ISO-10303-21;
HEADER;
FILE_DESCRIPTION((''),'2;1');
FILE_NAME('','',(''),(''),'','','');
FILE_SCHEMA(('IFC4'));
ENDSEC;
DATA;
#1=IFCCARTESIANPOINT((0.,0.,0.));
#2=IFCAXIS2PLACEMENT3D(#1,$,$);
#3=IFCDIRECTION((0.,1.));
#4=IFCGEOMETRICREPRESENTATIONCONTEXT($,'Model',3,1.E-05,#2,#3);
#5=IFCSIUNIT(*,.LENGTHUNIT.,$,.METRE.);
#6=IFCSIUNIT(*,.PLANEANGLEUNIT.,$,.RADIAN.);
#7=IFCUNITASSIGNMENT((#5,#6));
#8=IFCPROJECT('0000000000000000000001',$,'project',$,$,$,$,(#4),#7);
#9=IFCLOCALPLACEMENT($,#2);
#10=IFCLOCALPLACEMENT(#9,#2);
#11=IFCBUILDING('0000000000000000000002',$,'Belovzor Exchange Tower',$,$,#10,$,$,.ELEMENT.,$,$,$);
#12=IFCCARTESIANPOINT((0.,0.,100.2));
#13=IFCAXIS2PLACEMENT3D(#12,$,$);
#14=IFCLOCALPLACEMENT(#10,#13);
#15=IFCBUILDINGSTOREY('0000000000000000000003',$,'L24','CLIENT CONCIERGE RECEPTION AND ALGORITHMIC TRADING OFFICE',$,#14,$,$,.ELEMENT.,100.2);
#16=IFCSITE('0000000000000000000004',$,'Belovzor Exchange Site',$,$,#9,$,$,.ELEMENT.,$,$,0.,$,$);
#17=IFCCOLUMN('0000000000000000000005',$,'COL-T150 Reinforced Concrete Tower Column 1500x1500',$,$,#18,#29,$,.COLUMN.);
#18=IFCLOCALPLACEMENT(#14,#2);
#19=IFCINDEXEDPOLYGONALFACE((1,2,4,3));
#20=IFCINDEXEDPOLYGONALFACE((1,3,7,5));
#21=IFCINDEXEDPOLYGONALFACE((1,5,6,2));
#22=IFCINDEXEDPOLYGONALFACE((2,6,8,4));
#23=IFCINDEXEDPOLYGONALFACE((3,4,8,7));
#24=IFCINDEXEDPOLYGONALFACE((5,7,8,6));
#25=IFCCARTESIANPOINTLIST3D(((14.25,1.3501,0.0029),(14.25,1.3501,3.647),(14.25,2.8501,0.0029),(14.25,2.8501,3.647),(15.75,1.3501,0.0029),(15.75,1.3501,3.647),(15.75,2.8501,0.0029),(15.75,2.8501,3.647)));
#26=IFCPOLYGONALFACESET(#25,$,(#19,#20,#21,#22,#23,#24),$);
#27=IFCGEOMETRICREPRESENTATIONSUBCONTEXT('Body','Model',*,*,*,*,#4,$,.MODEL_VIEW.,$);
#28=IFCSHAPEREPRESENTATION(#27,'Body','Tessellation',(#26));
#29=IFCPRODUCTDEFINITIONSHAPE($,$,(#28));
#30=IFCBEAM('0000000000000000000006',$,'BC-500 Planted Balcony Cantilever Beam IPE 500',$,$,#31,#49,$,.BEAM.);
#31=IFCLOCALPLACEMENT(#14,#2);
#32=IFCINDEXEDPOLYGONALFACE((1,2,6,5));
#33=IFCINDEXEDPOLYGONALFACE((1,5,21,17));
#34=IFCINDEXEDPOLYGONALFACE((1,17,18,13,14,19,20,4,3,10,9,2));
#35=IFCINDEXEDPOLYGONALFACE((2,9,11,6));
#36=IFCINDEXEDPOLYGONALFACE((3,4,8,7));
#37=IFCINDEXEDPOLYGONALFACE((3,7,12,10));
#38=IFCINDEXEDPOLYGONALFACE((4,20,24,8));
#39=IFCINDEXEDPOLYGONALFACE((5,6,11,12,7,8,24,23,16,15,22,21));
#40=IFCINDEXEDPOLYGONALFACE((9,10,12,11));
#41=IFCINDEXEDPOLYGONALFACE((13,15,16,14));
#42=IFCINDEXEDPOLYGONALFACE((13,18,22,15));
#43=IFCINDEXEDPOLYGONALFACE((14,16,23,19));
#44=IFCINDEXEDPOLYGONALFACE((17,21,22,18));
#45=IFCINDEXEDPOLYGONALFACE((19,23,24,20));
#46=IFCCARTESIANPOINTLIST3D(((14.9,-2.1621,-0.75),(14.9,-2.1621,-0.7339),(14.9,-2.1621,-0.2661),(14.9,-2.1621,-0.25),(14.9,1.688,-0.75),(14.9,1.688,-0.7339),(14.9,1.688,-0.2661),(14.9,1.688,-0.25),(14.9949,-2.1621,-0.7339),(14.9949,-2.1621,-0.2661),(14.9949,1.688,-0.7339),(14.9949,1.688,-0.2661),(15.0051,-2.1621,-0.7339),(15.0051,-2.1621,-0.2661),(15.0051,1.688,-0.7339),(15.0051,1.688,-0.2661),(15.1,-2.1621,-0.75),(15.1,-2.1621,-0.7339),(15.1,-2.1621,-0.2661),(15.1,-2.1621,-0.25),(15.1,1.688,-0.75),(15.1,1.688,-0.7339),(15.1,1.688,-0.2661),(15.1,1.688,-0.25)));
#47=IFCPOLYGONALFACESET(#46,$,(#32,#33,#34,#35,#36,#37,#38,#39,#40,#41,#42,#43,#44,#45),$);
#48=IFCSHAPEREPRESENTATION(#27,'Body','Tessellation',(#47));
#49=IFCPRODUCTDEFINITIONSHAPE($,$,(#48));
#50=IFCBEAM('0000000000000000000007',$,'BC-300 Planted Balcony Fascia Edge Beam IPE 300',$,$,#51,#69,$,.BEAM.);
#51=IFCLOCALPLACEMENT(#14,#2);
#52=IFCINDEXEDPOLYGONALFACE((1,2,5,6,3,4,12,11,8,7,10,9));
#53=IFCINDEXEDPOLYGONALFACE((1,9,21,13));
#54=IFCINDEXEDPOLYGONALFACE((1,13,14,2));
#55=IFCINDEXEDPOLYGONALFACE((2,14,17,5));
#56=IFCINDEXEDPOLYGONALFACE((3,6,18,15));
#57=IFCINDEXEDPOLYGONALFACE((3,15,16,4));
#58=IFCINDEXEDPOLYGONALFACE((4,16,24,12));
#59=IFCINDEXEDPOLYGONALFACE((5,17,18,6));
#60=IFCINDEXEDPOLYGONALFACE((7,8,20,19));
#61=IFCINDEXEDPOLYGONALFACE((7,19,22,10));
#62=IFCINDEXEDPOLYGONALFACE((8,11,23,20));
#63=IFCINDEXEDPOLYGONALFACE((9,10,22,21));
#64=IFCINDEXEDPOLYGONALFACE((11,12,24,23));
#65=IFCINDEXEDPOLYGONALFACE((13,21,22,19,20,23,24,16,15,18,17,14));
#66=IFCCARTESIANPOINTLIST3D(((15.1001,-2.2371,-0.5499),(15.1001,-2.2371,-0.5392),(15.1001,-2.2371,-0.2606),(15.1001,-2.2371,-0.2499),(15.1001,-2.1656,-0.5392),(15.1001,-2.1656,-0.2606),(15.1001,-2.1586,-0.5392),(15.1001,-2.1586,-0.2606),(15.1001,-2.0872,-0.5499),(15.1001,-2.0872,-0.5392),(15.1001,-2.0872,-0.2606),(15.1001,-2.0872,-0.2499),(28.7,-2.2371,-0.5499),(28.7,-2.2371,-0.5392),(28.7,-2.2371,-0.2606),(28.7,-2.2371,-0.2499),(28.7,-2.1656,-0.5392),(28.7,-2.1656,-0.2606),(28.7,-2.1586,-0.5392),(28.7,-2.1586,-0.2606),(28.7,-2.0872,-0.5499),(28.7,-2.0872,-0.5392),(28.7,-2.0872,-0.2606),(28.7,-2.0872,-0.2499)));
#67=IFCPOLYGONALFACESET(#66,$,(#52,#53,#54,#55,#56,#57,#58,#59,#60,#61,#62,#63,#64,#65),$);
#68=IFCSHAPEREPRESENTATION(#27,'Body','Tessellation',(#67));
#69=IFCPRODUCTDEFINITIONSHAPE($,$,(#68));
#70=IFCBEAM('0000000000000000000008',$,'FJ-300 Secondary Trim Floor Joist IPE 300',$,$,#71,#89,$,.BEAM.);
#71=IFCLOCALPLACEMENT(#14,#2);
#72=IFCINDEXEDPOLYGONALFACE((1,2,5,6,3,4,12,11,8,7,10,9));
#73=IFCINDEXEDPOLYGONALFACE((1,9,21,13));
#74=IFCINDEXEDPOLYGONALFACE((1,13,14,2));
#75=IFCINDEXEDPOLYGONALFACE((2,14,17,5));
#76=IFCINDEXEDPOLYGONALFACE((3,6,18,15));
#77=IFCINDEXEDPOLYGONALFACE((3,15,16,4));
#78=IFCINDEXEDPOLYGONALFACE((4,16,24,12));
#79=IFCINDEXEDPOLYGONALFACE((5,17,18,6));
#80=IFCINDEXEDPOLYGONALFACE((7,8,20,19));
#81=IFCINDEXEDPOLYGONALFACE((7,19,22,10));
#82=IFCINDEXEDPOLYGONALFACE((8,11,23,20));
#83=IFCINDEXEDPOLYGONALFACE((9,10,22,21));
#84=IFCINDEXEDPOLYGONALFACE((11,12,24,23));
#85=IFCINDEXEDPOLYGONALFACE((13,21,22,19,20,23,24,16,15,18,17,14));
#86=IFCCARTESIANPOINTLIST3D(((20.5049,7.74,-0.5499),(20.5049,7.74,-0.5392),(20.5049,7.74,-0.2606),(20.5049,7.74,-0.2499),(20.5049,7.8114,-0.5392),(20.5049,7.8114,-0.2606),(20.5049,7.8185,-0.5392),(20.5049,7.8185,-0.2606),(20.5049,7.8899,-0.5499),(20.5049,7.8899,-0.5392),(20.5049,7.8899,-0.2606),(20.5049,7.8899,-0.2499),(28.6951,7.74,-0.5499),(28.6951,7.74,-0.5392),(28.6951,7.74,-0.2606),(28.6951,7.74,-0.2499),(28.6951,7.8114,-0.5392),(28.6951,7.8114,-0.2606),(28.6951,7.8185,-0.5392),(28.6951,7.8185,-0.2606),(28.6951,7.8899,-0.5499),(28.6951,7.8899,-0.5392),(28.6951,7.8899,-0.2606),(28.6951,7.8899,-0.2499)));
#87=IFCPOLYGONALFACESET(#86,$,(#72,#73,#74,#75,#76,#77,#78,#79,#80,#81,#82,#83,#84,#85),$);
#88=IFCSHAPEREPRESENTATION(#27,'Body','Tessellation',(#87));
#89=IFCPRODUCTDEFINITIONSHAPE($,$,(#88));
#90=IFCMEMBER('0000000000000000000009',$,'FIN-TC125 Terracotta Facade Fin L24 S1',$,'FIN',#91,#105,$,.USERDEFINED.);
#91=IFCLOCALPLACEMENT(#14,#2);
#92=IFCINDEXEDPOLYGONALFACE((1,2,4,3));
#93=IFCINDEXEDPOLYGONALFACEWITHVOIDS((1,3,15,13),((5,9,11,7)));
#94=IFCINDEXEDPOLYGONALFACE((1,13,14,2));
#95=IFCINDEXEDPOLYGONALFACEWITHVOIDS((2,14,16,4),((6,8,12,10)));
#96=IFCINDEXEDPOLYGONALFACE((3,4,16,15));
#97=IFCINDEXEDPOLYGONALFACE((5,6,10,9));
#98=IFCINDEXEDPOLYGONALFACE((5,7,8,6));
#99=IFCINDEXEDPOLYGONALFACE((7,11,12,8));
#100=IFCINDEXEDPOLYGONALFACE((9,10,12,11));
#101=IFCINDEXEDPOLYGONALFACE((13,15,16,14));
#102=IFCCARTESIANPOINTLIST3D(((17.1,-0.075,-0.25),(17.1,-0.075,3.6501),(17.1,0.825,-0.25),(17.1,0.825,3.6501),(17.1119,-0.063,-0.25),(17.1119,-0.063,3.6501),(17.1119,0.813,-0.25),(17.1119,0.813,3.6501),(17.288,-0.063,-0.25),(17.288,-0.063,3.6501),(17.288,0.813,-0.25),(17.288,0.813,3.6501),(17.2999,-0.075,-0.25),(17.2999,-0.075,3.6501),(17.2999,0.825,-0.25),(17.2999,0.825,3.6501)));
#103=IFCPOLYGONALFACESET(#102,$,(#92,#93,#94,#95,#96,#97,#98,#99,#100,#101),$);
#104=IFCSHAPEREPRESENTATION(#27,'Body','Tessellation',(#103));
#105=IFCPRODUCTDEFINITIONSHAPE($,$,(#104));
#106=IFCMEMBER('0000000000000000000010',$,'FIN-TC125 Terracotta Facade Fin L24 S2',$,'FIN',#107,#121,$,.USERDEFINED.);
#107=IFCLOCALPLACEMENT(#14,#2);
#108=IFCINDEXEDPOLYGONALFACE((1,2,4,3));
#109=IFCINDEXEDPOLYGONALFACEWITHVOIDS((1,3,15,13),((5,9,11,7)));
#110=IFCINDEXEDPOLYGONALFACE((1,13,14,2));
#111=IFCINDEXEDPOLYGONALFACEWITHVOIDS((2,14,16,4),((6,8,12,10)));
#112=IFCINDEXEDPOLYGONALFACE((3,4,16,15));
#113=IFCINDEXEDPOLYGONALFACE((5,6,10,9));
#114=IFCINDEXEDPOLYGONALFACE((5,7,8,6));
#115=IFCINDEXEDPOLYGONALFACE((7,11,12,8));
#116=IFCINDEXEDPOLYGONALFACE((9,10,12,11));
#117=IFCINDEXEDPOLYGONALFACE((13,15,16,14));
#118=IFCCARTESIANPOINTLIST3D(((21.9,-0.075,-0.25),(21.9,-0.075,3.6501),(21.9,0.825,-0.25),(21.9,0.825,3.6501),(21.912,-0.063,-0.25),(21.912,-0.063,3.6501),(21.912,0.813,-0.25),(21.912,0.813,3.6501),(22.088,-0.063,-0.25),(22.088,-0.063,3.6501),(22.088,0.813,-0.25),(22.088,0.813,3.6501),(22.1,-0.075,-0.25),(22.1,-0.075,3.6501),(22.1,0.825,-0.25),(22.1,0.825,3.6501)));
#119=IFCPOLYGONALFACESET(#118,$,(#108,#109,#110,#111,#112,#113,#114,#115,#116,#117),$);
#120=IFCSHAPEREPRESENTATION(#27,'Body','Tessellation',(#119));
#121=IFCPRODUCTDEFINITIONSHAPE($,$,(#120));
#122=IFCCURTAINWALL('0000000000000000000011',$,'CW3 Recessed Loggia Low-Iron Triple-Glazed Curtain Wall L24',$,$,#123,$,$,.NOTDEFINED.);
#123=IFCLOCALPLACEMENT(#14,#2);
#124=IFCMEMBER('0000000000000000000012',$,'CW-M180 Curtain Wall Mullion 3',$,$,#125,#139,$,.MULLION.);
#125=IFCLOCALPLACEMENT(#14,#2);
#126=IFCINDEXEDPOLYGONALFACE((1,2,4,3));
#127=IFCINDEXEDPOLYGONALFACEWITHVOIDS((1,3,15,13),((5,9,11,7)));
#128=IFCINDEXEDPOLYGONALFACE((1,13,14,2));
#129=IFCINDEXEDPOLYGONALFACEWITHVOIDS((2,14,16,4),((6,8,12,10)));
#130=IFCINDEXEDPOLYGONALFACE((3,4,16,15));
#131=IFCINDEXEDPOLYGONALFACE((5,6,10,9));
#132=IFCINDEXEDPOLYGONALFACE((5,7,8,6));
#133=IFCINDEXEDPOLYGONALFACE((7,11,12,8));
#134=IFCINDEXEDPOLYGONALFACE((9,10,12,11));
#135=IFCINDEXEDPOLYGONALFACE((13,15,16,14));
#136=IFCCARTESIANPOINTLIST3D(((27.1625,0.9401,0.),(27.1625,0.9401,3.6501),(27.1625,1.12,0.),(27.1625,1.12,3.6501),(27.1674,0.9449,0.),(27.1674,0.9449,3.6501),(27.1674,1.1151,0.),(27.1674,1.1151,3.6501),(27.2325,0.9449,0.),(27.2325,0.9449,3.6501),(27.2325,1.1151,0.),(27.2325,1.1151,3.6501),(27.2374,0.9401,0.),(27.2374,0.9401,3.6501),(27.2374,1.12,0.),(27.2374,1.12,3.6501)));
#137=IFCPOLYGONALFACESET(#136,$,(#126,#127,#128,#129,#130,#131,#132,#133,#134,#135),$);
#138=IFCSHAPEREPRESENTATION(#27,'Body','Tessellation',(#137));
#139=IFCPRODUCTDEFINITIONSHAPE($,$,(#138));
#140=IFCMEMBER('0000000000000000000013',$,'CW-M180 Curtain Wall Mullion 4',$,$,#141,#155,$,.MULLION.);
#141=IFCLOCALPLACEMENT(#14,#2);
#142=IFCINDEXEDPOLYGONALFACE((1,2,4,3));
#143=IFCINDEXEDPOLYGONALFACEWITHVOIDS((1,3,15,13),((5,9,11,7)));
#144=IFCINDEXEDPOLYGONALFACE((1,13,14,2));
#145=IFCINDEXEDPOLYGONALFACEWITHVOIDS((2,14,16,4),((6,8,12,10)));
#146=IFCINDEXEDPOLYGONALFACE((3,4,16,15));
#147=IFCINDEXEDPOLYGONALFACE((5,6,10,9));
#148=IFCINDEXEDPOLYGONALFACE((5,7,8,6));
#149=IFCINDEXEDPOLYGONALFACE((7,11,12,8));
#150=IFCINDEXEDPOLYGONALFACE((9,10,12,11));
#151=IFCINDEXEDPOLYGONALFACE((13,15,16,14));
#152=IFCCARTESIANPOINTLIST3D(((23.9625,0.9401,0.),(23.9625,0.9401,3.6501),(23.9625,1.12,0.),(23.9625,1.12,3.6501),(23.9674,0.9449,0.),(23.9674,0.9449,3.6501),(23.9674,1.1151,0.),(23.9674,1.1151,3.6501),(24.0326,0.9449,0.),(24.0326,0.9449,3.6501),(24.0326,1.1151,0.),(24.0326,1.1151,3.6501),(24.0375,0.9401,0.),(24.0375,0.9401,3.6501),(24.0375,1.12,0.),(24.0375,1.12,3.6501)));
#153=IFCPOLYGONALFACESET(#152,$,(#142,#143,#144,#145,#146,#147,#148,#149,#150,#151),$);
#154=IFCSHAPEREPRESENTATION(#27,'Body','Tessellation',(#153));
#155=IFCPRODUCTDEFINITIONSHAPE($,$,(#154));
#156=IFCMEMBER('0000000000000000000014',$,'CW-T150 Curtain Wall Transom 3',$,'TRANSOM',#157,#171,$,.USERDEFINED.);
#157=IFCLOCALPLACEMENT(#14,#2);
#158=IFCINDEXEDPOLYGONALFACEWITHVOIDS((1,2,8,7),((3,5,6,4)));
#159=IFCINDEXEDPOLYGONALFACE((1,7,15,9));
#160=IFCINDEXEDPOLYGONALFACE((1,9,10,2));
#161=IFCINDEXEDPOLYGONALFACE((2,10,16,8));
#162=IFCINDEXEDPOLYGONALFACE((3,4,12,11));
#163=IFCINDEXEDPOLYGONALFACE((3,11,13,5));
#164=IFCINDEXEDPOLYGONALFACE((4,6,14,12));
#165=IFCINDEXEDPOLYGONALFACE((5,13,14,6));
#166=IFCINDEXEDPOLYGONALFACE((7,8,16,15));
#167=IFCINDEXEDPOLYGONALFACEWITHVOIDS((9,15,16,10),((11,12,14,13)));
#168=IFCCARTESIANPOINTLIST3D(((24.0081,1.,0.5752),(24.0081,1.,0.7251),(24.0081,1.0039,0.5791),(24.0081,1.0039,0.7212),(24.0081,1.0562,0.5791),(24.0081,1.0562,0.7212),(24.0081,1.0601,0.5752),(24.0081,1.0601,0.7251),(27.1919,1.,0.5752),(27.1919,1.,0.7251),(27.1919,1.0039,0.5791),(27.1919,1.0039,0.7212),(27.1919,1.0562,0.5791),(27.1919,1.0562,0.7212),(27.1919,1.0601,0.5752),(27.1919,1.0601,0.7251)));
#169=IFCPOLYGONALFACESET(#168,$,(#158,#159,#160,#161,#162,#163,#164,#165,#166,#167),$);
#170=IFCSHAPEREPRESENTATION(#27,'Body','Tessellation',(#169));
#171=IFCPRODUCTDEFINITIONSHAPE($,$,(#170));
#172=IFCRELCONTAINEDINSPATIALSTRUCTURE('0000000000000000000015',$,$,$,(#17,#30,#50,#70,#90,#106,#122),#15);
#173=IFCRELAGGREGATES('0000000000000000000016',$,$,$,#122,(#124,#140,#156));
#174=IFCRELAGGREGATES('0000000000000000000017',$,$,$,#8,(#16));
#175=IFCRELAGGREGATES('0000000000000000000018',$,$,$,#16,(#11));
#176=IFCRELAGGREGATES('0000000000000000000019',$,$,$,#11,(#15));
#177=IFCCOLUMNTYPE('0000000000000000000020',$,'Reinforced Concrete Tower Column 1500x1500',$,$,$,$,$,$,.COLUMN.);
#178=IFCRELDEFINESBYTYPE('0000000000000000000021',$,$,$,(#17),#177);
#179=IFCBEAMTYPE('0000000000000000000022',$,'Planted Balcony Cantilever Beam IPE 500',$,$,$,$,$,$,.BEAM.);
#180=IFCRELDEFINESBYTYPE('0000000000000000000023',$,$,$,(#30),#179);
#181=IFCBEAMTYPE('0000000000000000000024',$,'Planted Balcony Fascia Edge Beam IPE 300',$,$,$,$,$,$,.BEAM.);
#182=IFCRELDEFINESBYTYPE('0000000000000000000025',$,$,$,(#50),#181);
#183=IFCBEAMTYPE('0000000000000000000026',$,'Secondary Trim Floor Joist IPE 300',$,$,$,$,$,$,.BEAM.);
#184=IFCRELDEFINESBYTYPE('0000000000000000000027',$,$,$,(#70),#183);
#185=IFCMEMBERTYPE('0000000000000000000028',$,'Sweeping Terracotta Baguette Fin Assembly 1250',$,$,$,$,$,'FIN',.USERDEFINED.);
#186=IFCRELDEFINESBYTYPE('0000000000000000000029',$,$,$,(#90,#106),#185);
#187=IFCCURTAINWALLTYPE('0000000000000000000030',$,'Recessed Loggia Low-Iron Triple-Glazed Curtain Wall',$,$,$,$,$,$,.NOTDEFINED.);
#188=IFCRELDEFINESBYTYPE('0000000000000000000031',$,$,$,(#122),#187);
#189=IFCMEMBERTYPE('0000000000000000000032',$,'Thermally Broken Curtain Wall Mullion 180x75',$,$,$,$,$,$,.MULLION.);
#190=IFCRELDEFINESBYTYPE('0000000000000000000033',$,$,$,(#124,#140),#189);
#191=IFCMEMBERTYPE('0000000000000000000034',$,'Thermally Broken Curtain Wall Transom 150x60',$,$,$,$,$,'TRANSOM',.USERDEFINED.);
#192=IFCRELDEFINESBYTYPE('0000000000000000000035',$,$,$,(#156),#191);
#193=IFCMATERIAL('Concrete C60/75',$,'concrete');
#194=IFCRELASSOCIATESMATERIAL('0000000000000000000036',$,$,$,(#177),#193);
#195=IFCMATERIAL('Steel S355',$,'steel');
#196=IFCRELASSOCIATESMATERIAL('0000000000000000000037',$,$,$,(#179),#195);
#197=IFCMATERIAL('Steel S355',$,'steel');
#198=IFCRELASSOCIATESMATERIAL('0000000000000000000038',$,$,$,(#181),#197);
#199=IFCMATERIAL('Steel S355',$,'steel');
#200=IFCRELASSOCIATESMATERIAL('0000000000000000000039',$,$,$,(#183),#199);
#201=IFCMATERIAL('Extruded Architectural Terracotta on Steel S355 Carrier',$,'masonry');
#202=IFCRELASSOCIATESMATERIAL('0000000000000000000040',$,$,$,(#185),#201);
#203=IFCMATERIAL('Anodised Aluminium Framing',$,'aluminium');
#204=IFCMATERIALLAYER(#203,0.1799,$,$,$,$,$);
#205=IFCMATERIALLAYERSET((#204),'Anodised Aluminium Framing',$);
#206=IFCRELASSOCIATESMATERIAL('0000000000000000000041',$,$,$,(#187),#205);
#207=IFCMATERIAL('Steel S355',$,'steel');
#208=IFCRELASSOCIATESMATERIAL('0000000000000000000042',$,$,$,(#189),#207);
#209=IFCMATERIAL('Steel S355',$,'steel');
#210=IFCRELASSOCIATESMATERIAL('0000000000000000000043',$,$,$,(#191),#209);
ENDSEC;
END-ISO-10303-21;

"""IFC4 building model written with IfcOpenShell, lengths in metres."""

from ifc_helpers import new_model, si_unit, direction, frame, origin, origin_2d, place, context, subcontext, project, spatial, rectangle, hollow_rectangle, i_section, extrude, material, layer, layer_set, material_profile, profile_set, type_object, element, aggregate, save


model = new_model("IFC4")

# Units and contexts
model_context = context("Model", 3, precision=1e-05, world=origin(), true_north=direction((0.0, 1.0)))
body_context = subcontext(model_context, "Body", "Model", "MODEL_VIEW")
ifc_project = project(units=[si_unit("LENGTHUNIT", "METRE"), si_unit("PLANEANGLEUNIT", "RADIAN")], contexts=[model_context])

# Site, building, storey
site_placement = place(None, origin())
site = spatial("IfcSite", under=ifc_project, at=site_placement, Name="Belovzor Exchange Site", CompositionType="ELEMENT", RefElevation=0.0)
building_placement = place(site_placement, origin())
building = spatial("IfcBuilding", under=site, at=building_placement, Name="Belovzor Exchange Tower", CompositionType="ELEMENT")
storey_placement = place(building_placement, frame((0.0, 0.0, 100.2)))
storey = spatial("IfcBuildingStorey", under=building, at=storey_placement, Name="L24", Description="CLIENT CONCIERGE RECEPTION AND ALGORITHMIC TRADING OFFICE", CompositionType="ELEMENT", Elevation=100.2)

# Column
ifc_material_1 = material(Name="Concrete C60/75", Category="concrete")
ifc_material_profile_1 = material_profile(ifc_material_1, rectangle(XDim=1.5, YDim=1.5, at=origin_2d()))
ifc_profile_set_1 = profile_set([ifc_material_profile_1], Name="Concrete C60/75")
column_type = type_object("IfcColumnType", Name="Reinforced Concrete Tower Column 1500x1500", PredefinedType="COLUMN", material=ifc_profile_set_1)
column_placement = place(storey_placement, frame((15.0, 2.1001, 0.0029), z_axis=(0.0, 0.0, 1.0), x_axis=(1.0, 0.0, 0.0)))
element("IfcColumn", 1, at=column_placement, inside=storey, type_object=column_type, Name="COL-T150 Reinforced Concrete Tower Column 1500x1500", PredefinedType="COLUMN", context=body_context, shape_type="SweptSolid", body=[
    extrude(rectangle(XDim=1.5, YDim=1.5, at=origin_2d()), origin(), (0.0, 0.0, 1.0), 3.644),
])

# Beams
ifc_material_2 = material(Name="Steel S355", Category="steel")
ifc_material_profile_2 = material_profile(ifc_material_2, i_section(OverallWidth=0.2, OverallDepth=0.5, WebThickness=0.0103, FlangeThickness=0.0161, at=origin_2d()))
ifc_profile_set_2 = profile_set([ifc_material_profile_2], Name="Steel S355")
beam_type_1 = type_object("IfcBeamType", Name="Planted Balcony Cantilever Beam IPE 500", PredefinedType="BEAM", material=ifc_profile_set_2)
beam_1_placement = place(storey_placement, frame((15.0, 1.688, -0.5), z_axis=(0.0, -1.0, 0.0), x_axis=(1.0, 0.0, 0.0)))
element("IfcBeam", 2, at=beam_1_placement, inside=storey, type_object=beam_type_1, Name="BC-500 Planted Balcony Cantilever Beam IPE 500", PredefinedType="BEAM", context=body_context, shape_type="SweptSolid", body=[
    extrude(i_section(OverallWidth=0.2, OverallDepth=0.5, WebThickness=0.0103, FlangeThickness=0.0161, at=origin_2d()), origin(), (0.0, 0.0, 1.0), 3.8501),
])
ifc_material_3 = material(Name="Steel S355", Category="steel")
ifc_material_profile_3 = material_profile(ifc_material_3, i_section(OverallWidth=0.1499, OverallDepth=0.3, WebThickness=0.0071, FlangeThickness=0.0107, at=origin_2d()))
ifc_profile_set_3 = profile_set([ifc_material_profile_3], Name="Steel S355")
beam_type_2 = type_object("IfcBeamType", Name="Planted Balcony Fascia Edge Beam IPE 300", PredefinedType="BEAM", material=ifc_profile_set_3)
beam_2_placement = place(storey_placement, frame((15.1001, -2.1621, -0.3999), z_axis=(1.0, 0.0, 0.0), x_axis=(0.0, 1.0, 0.0)))
element("IfcBeam", 3, at=beam_2_placement, inside=storey, type_object=beam_type_2, Name="BC-300 Planted Balcony Fascia Edge Beam IPE 300", PredefinedType="BEAM", context=body_context, shape_type="SweptSolid", body=[
    extrude(i_section(OverallWidth=0.1499, OverallDepth=0.3, WebThickness=0.0071, FlangeThickness=0.0107, at=origin_2d()), origin(), (0.0, 0.0, 1.0), 13.5999),
])
ifc_material_4 = material(Name="Steel S355", Category="steel")
ifc_material_profile_4 = material_profile(ifc_material_4, i_section(OverallWidth=0.1499, OverallDepth=0.3, WebThickness=0.0071, FlangeThickness=0.0107, at=origin_2d()))
ifc_profile_set_4 = profile_set([ifc_material_profile_4], Name="Steel S355")
beam_type_3 = type_object("IfcBeamType", Name="Secondary Trim Floor Joist IPE 300", PredefinedType="BEAM", material=ifc_profile_set_4)
beam_3_placement = place(storey_placement, frame((20.5049, 7.8149, -0.3999), z_axis=(1.0, 0.0, 0.0), x_axis=(0.0, 1.0, 0.0)))
element("IfcBeam", 4, at=beam_3_placement, inside=storey, type_object=beam_type_3, Name="FJ-300 Secondary Trim Floor Joist IPE 300", PredefinedType="BEAM", context=body_context, shape_type="SweptSolid", body=[
    extrude(i_section(OverallWidth=0.1499, OverallDepth=0.3, WebThickness=0.0071, FlangeThickness=0.0107, at=origin_2d()), origin(), (0.0, 0.0, 1.0), 8.1902),
])

# Members
ifc_material_5 = material(Name="Extruded Architectural Terracotta on Steel S355 Carrier", Category="masonry")
ifc_material_profile_5 = material_profile(ifc_material_5, hollow_rectangle(XDim=0.2, YDim=0.8999, WallThickness=0.012, at=origin_2d()))
ifc_profile_set_5 = profile_set([ifc_material_profile_5], Name="Extruded Architectural Terracotta on Steel S355 Carrier")
member_type_1 = type_object("IfcMemberType", Name="Sweeping Terracotta Baguette Fin Assembly 1250", ElementType="FIN", PredefinedType="USERDEFINED", material=ifc_profile_set_5)
for number, where, z_axis, x_axis, name in (
    (5, (17.2, 0.375, -0.25), (0.0, 0.0, 1.0), (1.0, 0.0, 0.0), "FIN-TC125 Terracotta Facade Fin L24 S1"),
    (6, (22.0, 0.375, -0.25), (0.0, 0.0, 1.0), (1.0, 0.0, 0.0), "FIN-TC125 Terracotta Facade Fin L24 S2"),
):
    element("IfcMember", number, at=place(storey_placement, frame(where, z_axis=z_axis, x_axis=x_axis)), inside=storey, type_object=member_type_1, Name=name, ObjectType="FIN", PredefinedType="USERDEFINED", context=body_context, shape_type="SweptSolid", body=[
        extrude(hollow_rectangle(XDim=0.2, YDim=0.8999, WallThickness=0.012, at=origin_2d()), origin(), (0.0, 0.0, 1.0), 3.9001),
    ])

# Curtain wall, members
ifc_material_6 = material(Name="Anodised Aluminium Framing", Category="aluminium")
ifc_layer_1 = layer(ifc_material_6, 0.1799)
ifc_layer_set_1 = layer_set([ifc_layer_1], Name="Anodised Aluminium Framing")
curtain_wall_type = type_object("IfcCurtainWallType", Name="Recessed Loggia Low-Iron Triple-Glazed Curtain Wall", PredefinedType="NOTDEFINED", material=ifc_layer_set_1)
curtain_wall_placement = place(storey_placement, origin())
curtain_wall = element("IfcCurtainWall", 7, at=curtain_wall_placement, inside=storey, type_object=curtain_wall_type, Name="CW3 Recessed Loggia Low-Iron Triple-Glazed Curtain Wall L24", PredefinedType="NOTDEFINED")
ifc_material_7 = material(Name="Steel S355", Category="steel")
ifc_material_profile_6 = material_profile(ifc_material_7, hollow_rectangle(XDim=0.075, YDim=0.1799, WallThickness=0.0049, at=origin_2d()))
ifc_profile_set_6 = profile_set([ifc_material_profile_6], Name="Steel S355")
member_type_2 = type_object("IfcMemberType", Name="Thermally Broken Curtain Wall Mullion 180x75", PredefinedType="MULLION", material=ifc_profile_set_6)
member_1_placement = place(storey_placement, frame((27.2, 1.03, 0.0), z_axis=(0.0, 0.0, 1.0), x_axis=(-1.0, 0.0, 0.0)))
member_1 = element("IfcMember", 8, at=member_1_placement, type_object=member_type_2, Name="CW-M180 Curtain Wall Mullion 3", PredefinedType="MULLION", context=body_context, shape_type="SweptSolid", body=[
    extrude(hollow_rectangle(XDim=0.075, YDim=0.1799, WallThickness=0.0049, at=origin_2d()), origin(), (0.0, 0.0, 1.0), 3.6501),
])
member_2_placement = place(storey_placement, frame((24.0, 1.03, 0.0), z_axis=(0.0, 0.0, 1.0), x_axis=(-1.0, 0.0, 0.0)))
member_2 = element("IfcMember", 9, at=member_2_placement, type_object=member_type_2, Name="CW-M180 Curtain Wall Mullion 4", PredefinedType="MULLION", context=body_context, shape_type="SweptSolid", body=[
    extrude(hollow_rectangle(XDim=0.075, YDim=0.1799, WallThickness=0.0049, at=origin_2d()), origin(), (0.0, 0.0, 1.0), 3.6501),
])
ifc_material_8 = material(Name="Steel S355", Category="steel")
ifc_material_profile_7 = material_profile(ifc_material_8, hollow_rectangle(XDim=0.0601, YDim=0.1499, WallThickness=0.0039, at=origin_2d()))
ifc_profile_set_7 = profile_set([ifc_material_profile_7], Name="Steel S355")
member_type_3 = type_object("IfcMemberType", Name="Thermally Broken Curtain Wall Transom 150x60", ElementType="TRANSOM", PredefinedType="USERDEFINED", material=ifc_profile_set_7)
member_3_placement = place(storey_placement, frame((27.1919, 1.03, 0.6501), z_axis=(-1.0, 0.0, 0.0), x_axis=(0.0, -1.0, 0.0)))
member_3 = element("IfcMember", 10, at=member_3_placement, type_object=member_type_3, Name="CW-T150 Curtain Wall Transom 3", ObjectType="TRANSOM", PredefinedType="USERDEFINED", context=body_context, shape_type="SweptSolid", body=[
    extrude(hollow_rectangle(XDim=0.0601, YDim=0.1499, WallThickness=0.0039, at=origin_2d()), origin(), (0.0, 0.0, 1.0), 3.1838),
])

aggregate(curtain_wall, [member_1, member_2, member_3])

save(model, "model.ifc")
